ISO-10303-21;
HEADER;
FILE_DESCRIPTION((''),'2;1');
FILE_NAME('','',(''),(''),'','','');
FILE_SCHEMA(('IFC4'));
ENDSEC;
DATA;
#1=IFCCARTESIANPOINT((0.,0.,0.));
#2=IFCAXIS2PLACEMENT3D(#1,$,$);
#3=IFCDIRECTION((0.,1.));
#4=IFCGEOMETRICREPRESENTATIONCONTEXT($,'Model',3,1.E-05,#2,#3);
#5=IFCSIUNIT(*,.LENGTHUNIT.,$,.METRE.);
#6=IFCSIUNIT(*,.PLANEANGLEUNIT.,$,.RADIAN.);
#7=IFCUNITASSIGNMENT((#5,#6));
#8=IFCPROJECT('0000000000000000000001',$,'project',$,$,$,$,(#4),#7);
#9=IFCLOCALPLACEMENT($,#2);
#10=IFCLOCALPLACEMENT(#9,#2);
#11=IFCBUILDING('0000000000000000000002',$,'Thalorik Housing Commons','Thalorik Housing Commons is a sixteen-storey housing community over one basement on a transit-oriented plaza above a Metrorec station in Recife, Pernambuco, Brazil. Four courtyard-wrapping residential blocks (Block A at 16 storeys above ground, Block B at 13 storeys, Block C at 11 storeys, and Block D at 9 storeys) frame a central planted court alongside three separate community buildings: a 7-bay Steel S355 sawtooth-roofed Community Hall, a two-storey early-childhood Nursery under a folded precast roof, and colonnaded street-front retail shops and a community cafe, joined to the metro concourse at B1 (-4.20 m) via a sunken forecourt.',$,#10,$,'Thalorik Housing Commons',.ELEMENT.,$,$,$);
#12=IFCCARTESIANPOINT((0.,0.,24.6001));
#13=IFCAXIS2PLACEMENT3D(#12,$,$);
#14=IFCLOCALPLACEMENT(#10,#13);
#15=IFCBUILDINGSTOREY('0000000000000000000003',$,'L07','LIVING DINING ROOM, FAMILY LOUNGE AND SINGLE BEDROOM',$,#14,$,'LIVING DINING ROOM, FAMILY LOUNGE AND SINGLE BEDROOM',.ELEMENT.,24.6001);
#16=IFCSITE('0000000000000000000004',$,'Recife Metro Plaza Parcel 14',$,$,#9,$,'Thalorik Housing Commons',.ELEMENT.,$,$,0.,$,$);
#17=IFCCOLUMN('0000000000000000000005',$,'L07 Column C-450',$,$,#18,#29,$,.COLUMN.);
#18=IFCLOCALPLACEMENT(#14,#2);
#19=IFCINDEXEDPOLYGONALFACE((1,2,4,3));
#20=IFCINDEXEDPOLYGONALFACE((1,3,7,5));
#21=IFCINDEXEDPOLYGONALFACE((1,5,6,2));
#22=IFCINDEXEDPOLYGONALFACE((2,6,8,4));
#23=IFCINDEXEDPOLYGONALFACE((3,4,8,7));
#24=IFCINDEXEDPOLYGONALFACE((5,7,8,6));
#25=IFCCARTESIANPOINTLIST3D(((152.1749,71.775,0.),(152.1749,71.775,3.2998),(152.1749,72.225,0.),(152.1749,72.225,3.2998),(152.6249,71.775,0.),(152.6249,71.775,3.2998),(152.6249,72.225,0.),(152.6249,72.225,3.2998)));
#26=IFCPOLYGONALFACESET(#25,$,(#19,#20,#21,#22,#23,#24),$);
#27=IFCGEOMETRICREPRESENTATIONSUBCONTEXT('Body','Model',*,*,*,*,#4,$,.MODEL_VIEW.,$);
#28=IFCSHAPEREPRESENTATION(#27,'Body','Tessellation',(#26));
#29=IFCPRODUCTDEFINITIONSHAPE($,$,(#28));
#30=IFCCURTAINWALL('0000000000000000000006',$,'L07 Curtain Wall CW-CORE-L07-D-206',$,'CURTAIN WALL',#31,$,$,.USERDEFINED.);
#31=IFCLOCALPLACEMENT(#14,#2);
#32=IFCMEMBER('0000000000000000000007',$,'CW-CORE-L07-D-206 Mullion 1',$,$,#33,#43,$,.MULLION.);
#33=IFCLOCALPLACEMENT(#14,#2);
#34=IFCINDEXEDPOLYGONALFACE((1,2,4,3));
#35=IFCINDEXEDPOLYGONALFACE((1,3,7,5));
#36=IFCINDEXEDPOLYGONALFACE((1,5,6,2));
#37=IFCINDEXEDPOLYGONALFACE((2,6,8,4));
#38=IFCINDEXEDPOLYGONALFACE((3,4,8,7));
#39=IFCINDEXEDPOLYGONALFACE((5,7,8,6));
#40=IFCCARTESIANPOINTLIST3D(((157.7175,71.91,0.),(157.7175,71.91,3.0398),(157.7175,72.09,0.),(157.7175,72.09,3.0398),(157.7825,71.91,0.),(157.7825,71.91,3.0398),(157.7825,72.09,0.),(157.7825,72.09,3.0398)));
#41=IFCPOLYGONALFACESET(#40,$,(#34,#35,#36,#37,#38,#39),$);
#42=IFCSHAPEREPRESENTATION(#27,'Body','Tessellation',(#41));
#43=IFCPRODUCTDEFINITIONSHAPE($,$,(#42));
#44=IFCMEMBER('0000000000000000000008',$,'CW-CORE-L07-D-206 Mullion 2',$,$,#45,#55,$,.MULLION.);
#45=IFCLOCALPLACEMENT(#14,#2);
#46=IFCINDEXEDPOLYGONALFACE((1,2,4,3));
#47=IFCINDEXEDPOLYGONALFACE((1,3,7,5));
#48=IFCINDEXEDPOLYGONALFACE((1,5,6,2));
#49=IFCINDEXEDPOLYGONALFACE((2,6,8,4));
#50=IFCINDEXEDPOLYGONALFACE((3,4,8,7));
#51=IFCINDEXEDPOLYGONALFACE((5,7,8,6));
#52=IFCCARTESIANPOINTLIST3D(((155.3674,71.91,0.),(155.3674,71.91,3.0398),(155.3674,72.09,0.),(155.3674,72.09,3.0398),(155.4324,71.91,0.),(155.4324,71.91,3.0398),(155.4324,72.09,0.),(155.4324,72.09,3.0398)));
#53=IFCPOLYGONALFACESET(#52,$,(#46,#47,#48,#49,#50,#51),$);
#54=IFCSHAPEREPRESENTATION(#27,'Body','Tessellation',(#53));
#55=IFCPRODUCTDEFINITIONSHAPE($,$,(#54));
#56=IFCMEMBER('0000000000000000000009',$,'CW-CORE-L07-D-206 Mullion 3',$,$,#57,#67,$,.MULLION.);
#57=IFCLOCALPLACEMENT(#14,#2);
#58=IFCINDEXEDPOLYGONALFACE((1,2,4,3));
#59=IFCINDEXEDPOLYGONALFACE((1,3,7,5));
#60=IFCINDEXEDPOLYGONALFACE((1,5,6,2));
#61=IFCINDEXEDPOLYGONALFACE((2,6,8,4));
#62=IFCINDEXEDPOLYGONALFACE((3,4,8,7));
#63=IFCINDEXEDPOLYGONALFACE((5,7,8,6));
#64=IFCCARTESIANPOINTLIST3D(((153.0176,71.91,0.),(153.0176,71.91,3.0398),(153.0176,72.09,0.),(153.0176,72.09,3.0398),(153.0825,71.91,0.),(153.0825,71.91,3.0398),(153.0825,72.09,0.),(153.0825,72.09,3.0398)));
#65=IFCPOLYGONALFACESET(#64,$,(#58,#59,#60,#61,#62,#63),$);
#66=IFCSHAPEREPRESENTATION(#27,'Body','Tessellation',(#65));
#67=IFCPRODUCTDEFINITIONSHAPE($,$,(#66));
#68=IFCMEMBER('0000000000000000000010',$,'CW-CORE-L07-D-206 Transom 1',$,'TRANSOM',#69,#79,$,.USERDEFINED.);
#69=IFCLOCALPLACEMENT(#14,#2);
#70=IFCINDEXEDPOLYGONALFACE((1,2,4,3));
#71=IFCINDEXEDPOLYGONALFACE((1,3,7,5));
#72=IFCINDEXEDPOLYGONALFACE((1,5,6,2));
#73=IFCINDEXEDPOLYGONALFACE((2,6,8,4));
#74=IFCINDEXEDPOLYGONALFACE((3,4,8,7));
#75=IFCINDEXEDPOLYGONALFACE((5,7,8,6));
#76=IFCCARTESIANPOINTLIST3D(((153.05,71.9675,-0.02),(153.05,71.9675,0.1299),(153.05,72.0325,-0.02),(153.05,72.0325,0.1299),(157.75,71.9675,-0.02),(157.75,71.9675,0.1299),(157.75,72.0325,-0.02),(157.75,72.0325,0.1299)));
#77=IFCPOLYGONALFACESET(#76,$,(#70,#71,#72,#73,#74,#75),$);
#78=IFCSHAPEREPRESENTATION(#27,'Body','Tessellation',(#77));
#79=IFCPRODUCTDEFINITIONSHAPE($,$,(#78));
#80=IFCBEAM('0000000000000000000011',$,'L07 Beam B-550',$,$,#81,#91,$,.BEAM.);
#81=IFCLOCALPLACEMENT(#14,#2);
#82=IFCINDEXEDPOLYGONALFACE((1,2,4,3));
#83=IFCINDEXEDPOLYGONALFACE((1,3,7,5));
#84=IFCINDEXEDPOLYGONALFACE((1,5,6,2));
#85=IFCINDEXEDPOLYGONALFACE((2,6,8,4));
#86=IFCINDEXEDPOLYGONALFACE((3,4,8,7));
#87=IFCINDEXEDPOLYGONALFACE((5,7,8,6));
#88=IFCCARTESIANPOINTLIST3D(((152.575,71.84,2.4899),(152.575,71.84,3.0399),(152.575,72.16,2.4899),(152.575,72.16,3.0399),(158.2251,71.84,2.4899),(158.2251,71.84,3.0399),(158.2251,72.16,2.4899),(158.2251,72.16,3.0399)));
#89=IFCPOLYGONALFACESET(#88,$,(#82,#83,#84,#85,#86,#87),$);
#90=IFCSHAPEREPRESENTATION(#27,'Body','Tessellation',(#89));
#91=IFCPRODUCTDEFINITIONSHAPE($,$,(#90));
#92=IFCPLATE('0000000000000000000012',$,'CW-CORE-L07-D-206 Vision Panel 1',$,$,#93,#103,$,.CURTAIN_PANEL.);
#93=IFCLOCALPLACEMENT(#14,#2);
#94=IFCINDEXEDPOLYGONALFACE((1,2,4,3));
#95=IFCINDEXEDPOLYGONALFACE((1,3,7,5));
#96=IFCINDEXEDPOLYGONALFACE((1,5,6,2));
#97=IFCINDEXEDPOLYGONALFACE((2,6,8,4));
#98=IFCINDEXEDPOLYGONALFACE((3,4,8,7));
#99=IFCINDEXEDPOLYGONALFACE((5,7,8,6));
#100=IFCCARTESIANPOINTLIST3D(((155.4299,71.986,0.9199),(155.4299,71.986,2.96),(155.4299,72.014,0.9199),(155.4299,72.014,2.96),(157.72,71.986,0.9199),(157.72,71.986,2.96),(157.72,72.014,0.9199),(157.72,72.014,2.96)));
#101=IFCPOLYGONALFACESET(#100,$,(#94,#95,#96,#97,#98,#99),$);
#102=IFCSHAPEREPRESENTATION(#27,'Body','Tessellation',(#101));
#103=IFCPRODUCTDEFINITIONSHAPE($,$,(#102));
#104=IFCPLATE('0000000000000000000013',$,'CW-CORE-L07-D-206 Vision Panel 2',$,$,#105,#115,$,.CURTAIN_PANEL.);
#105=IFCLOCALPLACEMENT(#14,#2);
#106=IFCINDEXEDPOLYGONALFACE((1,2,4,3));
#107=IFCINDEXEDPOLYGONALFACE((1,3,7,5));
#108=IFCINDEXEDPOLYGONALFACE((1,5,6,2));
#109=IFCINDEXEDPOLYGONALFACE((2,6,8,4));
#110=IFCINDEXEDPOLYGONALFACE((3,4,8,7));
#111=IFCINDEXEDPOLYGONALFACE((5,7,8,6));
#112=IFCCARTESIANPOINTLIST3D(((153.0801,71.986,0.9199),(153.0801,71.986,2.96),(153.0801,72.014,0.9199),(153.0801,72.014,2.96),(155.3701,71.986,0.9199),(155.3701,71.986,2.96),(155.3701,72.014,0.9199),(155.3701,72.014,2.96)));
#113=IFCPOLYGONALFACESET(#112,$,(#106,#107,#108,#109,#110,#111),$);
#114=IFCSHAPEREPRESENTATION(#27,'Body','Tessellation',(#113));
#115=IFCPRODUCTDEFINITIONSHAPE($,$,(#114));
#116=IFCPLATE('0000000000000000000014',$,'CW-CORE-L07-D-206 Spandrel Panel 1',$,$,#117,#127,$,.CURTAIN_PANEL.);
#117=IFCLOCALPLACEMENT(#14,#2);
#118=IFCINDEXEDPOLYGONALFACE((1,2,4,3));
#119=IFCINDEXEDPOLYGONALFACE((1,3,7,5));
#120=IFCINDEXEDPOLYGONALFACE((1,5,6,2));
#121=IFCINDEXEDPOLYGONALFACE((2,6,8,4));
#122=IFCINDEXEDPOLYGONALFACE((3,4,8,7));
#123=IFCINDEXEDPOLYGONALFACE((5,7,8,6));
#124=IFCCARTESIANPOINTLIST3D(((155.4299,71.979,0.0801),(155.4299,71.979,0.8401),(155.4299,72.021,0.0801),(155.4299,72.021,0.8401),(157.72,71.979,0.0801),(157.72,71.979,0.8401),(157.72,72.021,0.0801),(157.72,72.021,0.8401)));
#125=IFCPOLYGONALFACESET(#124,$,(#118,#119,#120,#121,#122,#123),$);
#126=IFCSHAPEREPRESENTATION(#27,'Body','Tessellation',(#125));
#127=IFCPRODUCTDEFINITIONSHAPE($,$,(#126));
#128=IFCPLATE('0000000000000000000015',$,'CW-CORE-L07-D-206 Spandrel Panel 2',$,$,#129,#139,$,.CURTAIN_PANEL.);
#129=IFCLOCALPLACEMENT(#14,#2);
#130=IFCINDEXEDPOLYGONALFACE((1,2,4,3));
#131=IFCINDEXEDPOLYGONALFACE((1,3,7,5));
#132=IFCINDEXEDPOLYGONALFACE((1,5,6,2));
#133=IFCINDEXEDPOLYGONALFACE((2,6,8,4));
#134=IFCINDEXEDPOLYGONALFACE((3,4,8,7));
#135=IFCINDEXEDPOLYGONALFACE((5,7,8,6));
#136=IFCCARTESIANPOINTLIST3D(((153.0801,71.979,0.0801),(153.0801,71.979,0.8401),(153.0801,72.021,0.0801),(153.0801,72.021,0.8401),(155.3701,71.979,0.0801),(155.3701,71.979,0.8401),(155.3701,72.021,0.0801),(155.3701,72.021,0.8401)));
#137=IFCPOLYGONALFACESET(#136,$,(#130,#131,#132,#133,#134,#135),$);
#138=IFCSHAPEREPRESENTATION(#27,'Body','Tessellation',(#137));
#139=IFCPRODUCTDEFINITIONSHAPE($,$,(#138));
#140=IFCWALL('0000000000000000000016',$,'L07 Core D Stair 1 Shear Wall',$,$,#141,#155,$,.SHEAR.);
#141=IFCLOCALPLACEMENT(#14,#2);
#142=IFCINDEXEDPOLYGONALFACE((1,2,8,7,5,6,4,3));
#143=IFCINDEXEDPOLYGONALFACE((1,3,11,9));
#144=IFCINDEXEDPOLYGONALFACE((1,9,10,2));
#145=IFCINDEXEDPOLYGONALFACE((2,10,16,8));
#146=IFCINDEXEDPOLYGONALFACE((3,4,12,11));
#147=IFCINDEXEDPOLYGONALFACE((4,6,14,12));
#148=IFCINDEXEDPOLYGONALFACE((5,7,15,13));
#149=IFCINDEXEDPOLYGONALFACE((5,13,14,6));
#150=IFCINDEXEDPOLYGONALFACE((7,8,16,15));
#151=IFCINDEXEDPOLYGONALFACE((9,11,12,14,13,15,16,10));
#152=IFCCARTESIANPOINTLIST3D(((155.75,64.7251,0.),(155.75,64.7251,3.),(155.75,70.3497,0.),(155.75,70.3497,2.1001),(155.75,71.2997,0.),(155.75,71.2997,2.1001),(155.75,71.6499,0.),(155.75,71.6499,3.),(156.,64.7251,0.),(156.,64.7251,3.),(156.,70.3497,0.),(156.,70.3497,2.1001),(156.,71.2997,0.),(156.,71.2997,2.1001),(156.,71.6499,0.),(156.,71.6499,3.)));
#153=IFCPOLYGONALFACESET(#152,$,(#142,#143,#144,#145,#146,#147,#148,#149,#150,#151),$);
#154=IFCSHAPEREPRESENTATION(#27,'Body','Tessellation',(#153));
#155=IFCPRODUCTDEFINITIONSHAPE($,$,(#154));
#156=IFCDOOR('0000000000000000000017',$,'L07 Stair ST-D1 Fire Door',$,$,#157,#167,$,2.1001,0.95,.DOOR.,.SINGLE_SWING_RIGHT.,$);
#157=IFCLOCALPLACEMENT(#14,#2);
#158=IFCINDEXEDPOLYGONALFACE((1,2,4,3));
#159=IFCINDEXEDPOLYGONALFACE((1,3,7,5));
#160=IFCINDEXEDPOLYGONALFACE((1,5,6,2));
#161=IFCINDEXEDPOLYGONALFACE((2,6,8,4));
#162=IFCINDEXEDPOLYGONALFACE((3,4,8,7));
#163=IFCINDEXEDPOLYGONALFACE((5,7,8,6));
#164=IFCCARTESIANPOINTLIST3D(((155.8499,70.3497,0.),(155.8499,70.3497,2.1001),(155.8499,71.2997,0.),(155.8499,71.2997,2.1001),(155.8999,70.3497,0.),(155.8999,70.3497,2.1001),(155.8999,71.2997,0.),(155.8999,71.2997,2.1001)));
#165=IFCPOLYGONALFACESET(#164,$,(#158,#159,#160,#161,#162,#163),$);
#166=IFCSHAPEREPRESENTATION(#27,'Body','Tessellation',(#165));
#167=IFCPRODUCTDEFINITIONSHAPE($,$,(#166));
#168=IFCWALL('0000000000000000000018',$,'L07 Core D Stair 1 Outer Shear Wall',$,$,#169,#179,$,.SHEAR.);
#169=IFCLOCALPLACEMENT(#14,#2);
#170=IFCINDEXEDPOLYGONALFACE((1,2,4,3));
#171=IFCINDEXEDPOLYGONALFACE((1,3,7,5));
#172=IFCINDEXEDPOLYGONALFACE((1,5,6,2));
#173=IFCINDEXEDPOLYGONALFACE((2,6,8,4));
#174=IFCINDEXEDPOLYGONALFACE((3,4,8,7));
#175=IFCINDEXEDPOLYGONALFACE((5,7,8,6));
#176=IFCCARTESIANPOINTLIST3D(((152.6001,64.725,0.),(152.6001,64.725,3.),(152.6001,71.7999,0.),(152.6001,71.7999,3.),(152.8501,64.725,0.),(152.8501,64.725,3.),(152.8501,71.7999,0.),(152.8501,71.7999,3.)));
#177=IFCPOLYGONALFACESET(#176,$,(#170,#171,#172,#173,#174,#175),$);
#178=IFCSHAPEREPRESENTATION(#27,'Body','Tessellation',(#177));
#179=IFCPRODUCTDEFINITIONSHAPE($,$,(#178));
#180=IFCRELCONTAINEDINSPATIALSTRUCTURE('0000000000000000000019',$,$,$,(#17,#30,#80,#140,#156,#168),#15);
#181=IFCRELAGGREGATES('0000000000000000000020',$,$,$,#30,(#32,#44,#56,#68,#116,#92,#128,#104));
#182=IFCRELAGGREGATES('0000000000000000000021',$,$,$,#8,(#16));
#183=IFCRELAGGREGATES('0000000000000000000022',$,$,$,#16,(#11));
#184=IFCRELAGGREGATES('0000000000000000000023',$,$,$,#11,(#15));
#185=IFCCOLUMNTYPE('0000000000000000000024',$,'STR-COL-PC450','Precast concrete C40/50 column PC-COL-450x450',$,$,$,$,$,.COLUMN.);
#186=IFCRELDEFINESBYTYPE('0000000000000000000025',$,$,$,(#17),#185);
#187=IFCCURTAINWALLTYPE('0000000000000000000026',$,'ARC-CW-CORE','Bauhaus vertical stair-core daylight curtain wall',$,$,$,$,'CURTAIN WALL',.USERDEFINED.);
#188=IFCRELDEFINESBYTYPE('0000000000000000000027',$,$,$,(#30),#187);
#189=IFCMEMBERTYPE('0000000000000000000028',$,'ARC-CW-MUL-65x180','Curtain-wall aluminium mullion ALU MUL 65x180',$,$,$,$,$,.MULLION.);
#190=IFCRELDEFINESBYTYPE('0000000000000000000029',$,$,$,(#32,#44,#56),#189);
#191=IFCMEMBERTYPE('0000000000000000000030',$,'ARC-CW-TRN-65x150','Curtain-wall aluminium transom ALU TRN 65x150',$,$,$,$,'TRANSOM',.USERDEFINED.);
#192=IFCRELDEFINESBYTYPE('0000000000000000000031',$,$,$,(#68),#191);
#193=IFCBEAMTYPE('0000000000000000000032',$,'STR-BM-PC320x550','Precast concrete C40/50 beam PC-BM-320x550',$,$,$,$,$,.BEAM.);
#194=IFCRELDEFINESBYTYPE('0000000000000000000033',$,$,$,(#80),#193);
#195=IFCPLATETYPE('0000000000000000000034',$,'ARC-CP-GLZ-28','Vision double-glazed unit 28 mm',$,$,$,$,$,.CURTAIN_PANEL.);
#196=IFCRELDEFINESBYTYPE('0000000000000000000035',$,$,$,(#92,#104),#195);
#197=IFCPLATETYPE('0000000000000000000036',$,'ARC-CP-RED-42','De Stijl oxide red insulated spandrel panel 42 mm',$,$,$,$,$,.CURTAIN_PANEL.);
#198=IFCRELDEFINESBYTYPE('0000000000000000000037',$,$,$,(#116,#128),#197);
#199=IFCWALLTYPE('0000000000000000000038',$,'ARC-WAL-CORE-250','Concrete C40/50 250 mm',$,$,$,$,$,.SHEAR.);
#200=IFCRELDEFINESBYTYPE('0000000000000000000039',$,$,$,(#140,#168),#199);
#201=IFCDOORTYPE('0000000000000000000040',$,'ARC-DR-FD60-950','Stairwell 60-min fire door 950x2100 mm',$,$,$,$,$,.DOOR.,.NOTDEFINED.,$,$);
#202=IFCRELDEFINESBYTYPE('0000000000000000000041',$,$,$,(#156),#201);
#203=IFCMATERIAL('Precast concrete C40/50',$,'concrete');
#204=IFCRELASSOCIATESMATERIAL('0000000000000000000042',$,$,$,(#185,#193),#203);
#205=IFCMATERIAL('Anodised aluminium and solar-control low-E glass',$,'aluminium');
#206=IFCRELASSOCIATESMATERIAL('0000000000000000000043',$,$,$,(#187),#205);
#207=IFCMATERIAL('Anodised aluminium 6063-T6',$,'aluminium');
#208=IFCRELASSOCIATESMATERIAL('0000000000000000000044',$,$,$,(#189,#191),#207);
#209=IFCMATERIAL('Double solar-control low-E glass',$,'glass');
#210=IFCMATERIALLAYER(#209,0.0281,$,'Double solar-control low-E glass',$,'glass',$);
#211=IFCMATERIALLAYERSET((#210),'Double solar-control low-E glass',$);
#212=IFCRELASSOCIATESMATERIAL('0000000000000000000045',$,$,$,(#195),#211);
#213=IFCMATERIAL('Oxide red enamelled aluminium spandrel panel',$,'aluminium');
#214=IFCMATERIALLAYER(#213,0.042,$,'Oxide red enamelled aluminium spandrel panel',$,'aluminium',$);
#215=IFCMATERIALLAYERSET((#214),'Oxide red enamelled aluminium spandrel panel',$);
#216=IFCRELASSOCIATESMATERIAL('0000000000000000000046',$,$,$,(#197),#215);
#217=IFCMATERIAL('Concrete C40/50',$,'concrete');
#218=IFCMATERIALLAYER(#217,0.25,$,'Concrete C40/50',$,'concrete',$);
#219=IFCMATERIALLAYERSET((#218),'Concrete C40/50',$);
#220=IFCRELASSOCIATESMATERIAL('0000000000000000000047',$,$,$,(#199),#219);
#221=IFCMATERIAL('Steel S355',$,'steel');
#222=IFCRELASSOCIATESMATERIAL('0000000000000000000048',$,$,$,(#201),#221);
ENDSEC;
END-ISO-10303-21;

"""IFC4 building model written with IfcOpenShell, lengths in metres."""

from ifc_helpers import new_model, si_unit, direction, frame, frame_2d, origin, origin_2d, place, context, subcontext, project, spatial, rectangle, extrude, material, layer, layer_set, material_profile, profile_set, type_object, element, fill, aggregate, save


model = new_model("IFC4")

# Units and contexts
model_context = context("Model", 3, precision=1e-05, world=origin(), true_north=direction((0.0, 1.0)))
body_context = subcontext(model_context, "Body", "Model", "MODEL_VIEW")
ifc_project = project(units=[si_unit("LENGTHUNIT", "METRE"), si_unit("PLANEANGLEUNIT", "RADIAN")], contexts=[model_context])

# Site, building, storey
site_placement = place(None, origin())
site = spatial("IfcSite", under=ifc_project, at=site_placement, Name="Recife Metro Plaza Parcel 14", LongName="Thalorik Housing Commons", CompositionType="ELEMENT", RefElevation=0.0)
building_placement = place(site_placement, origin())
building = spatial("IfcBuilding", under=site, at=building_placement, Name="Thalorik Housing Commons", Description="Thalorik Housing Commons is a sixteen-storey housing community over one basement on a transit-oriented plaza above a Metrorec station in Recife, Pernambuco, Brazil. Four courtyard-wrapping residential blocks (Block A at 16 storeys above ground, Block B at 13 storeys, Block C at 11 storeys, and Block D at 9 storeys) frame a central planted court alongside three separate community buildings: a 7-bay Steel S355 sawtooth-roofed Community Hall, a two-storey early-childhood Nursery under a folded precast roof, and colonnaded street-front retail shops and a community cafe, joined to the metro concourse at B1 (-4.20 m) via a sunken forecourt.", LongName="Thalorik Housing Commons", CompositionType="ELEMENT")
storey_placement = place(building_placement, frame((0.0, 0.0, 24.6001)))
storey = spatial("IfcBuildingStorey", under=building, at=storey_placement, Name="L07", Description="LIVING DINING ROOM, FAMILY LOUNGE AND SINGLE BEDROOM", LongName="LIVING DINING ROOM, FAMILY LOUNGE AND SINGLE BEDROOM", CompositionType="ELEMENT", Elevation=24.6001)

# Column
ifc_material_1 = material(Name="Precast concrete C40/50", Category="concrete")
ifc_material_profile_1 = material_profile(ifc_material_1, rectangle(XDim=0.45, YDim=0.45, at=origin_2d()), Name="PC 450x450", Category="concrete")
ifc_profile_set_1 = profile_set([ifc_material_profile_1], Name="Precast concrete C40/50")
column_type = type_object("IfcColumnType", Name="STR-COL-PC450", Description="Precast concrete C40/50 column PC-COL-450x450", PredefinedType="COLUMN", material=ifc_profile_set_1)
column_placement = place(storey_placement, frame((152.3999, 72.0, 0.0), z_axis=(0.0, 0.0, 1.0), x_axis=(1.0, 0.0, 0.0)))
element("IfcColumn", 1, at=column_placement, inside=storey, type_object=column_type, Name="L07 Column C-450", PredefinedType="COLUMN", context=body_context, shape_type="SweptSolid", body=[
    extrude(rectangle(XDim=0.45, YDim=0.45, at=origin_2d()), origin(), (0.0, 0.0, 1.0), 3.2998),
])

# Curtain wall, members
ifc_material_2 = material(Name="Anodised aluminium and solar-control low-E glass", Category="aluminium")
curtain_wall_type = type_object("IfcCurtainWallType", Name="ARC-CW-CORE", Description="Bauhaus vertical stair-core daylight curtain wall", ElementType="CURTAIN WALL", PredefinedType="USERDEFINED", material=ifc_material_2)
curtain_wall_placement = place(storey_placement, origin())
curtain_wall = element("IfcCurtainWall", 2, at=curtain_wall_placement, inside=storey, type_object=curtain_wall_type, Name="L07 Curtain Wall CW-CORE-L07-D-206", ObjectType="CURTAIN WALL", PredefinedType="USERDEFINED")
ifc_material_3 = material(Name="Anodised aluminium 6063-T6", Category="aluminium")
ifc_material_profile_2 = material_profile(ifc_material_3, rectangle(XDim=0.0649, YDim=0.1799, at=origin_2d()), Name="ALU MUL 65x180", Category="aluminium")
ifc_profile_set_2 = profile_set([ifc_material_profile_2], Name="Anodised aluminium 6063-T6")
member_type_1 = type_object("IfcMemberType", Name="ARC-CW-MUL-65x180", Description="Curtain-wall aluminium mullion ALU MUL 65x180", PredefinedType="MULLION", material=ifc_profile_set_2)
member_1_placement = place(storey_placement, frame((157.75, 72.0, 0.0), z_axis=(0.0, 0.0, 1.0), x_axis=(-1.0, 0.0, 0.0)))
member_1 = element("IfcMember", 3, at=member_1_placement, type_object=member_type_1, Name="CW-CORE-L07-D-206 Mullion 1", PredefinedType="MULLION", context=body_context, shape_type="SweptSolid", body=[
    extrude(rectangle(XDim=0.0649, YDim=0.1799, at=origin_2d()), origin(), (0.0, 0.0, 1.0), 3.0398),
])
member_2_placement = place(storey_placement, frame((155.3999, 72.0, 0.0), z_axis=(0.0, 0.0, 1.0), x_axis=(-1.0, 0.0, 0.0)))
member_2 = element("IfcMember", 4, at=member_2_placement, type_object=member_type_1, Name="CW-CORE-L07-D-206 Mullion 2", PredefinedType="MULLION", context=body_context, shape_type="SweptSolid", body=[
    extrude(rectangle(XDim=0.0649, YDim=0.1799, at=origin_2d()), origin(), (0.0, 0.0, 1.0), 3.0398),
])
member_3_placement = place(storey_placement, frame((153.05, 72.0, 0.0), z_axis=(0.0, 0.0, 1.0), x_axis=(-1.0, 0.0, 0.0)))
member_3 = element("IfcMember", 5, at=member_3_placement, type_object=member_type_1, Name="CW-CORE-L07-D-206 Mullion 3", PredefinedType="MULLION", context=body_context, shape_type="SweptSolid", body=[
    extrude(rectangle(XDim=0.0649, YDim=0.1799, at=origin_2d()), origin(), (0.0, 0.0, 1.0), 3.0398),
])
ifc_material_profile_3 = material_profile(ifc_material_3, rectangle(XDim=0.0649, YDim=0.1499, at=origin_2d()), Name="ALU TRN 65x150", Category="aluminium")
ifc_profile_set_3 = profile_set([ifc_material_profile_3], Name="Anodised aluminium 6063-T6")
member_type_2 = type_object("IfcMemberType", Name="ARC-CW-TRN-65x150", Description="Curtain-wall aluminium transom ALU TRN 65x150", ElementType="TRANSOM", PredefinedType="USERDEFINED", material=ifc_profile_set_3)
member_4_placement = place(storey_placement, frame((157.75, 72.0, 0.0549), z_axis=(-1.0, 0.0, 0.0), x_axis=(0.0, -1.0, 0.0)))
member_4 = element("IfcMember", 6, at=member_4_placement, type_object=member_type_2, Name="CW-CORE-L07-D-206 Transom 1", ObjectType="TRANSOM", PredefinedType="USERDEFINED", context=body_context, shape_type="SweptSolid", body=[
    extrude(rectangle(XDim=0.0649, YDim=0.1499, at=origin_2d()), origin(), (0.0, 0.0, 1.0), 4.7),
])

# Beam
ifc_material_profile_4 = material_profile(ifc_material_1, rectangle(XDim=0.3201, YDim=0.55, at=origin_2d()), Name="PC 320x550", Category="concrete")
ifc_profile_set_4 = profile_set([ifc_material_profile_4], Name="Precast concrete C40/50")
beam_type = type_object("IfcBeamType", Name="STR-BM-PC320x550", Description="Precast concrete C40/50 beam PC-BM-320x550", PredefinedType="BEAM", material=ifc_profile_set_4)
beam_placement = place(storey_placement, frame((152.575, 72.0, 2.7649), z_axis=(1.0, 0.0, 0.0), x_axis=(0.0, 1.0, 0.0)))
element("IfcBeam", 7, at=beam_placement, inside=storey, type_object=beam_type, Name="L07 Beam B-550", PredefinedType="BEAM", context=body_context, shape_type="SweptSolid", body=[
    extrude(rectangle(XDim=0.3201, YDim=0.55, at=origin_2d()), origin(), (0.0, 0.0, 1.0), 5.6501),
])

# Plates
ifc_material_4 = material(Name="Double solar-control low-E glass", Category="glass")
ifc_layer_1 = layer(ifc_material_4, 0.0281, Name="Double solar-control low-E glass", Category="glass")
ifc_layer_set_1 = layer_set([ifc_layer_1], Name="Double solar-control low-E glass")
plate_type_1 = type_object("IfcPlateType", Name="ARC-CP-GLZ-28", Description="Vision double-glazed unit 28 mm", PredefinedType="CURTAIN_PANEL", material=ifc_layer_set_1)
plate_1_placement = place(storey_placement, frame((156.575, 72.0, 0.9199), z_axis=(0.0, 0.0, 1.0), x_axis=(-1.0, 0.0, 0.0)))
plate_1 = element("IfcPlate", 8, at=plate_1_placement, type_object=plate_type_1, Name="CW-CORE-L07-D-206 Vision Panel 1", PredefinedType="CURTAIN_PANEL", context=body_context, shape_type="SweptSolid", body=[
    extrude(rectangle(XDim=2.29, YDim=0.0281, at=origin_2d()), origin(), (0.0, 0.0, 1.0), 2.04),
])
plate_2_placement = place(storey_placement, frame((154.2251, 72.0, 0.9199), z_axis=(0.0, 0.0, 1.0), x_axis=(-1.0, 0.0, 0.0)))
plate_2 = element("IfcPlate", 9, at=plate_2_placement, type_object=plate_type_1, Name="CW-CORE-L07-D-206 Vision Panel 2", PredefinedType="CURTAIN_PANEL", context=body_context, shape_type="SweptSolid", body=[
    extrude(rectangle(XDim=2.29, YDim=0.0281, at=origin_2d()), origin(), (0.0, 0.0, 1.0), 2.04),
])
ifc_material_5 = material(Name="Oxide red enamelled aluminium spandrel panel", Category="aluminium")
ifc_layer_2 = layer(ifc_material_5, 0.042, Name="Oxide red enamelled aluminium spandrel panel", Category="aluminium")
ifc_layer_set_2 = layer_set([ifc_layer_2], Name="Oxide red enamelled aluminium spandrel panel")
plate_type_2 = type_object("IfcPlateType", Name="ARC-CP-RED-42", Description="De Stijl oxide red insulated spandrel panel 42 mm", PredefinedType="CURTAIN_PANEL", material=ifc_layer_set_2)
plate_3_placement = place(storey_placement, frame((156.575, 72.0, 0.0801), z_axis=(0.0, 0.0, 1.0), x_axis=(-1.0, 0.0, 0.0)))
plate_3 = element("IfcPlate", 10, at=plate_3_placement, type_object=plate_type_2, Name="CW-CORE-L07-D-206 Spandrel Panel 1", PredefinedType="CURTAIN_PANEL", context=body_context, shape_type="SweptSolid", body=[
    extrude(rectangle(XDim=2.29, YDim=0.042, at=origin_2d()), origin(), (0.0, 0.0, 1.0), 0.76),
])
plate_4_placement = place(storey_placement, frame((154.2251, 72.0, 0.0801), z_axis=(0.0, 0.0, 1.0), x_axis=(-1.0, 0.0, 0.0)))
plate_4 = element("IfcPlate", 11, at=plate_4_placement, type_object=plate_type_2, Name="CW-CORE-L07-D-206 Spandrel Panel 2", PredefinedType="CURTAIN_PANEL", context=body_context, shape_type="SweptSolid", body=[
    extrude(rectangle(XDim=2.29, YDim=0.042, at=origin_2d()), origin(), (0.0, 0.0, 1.0), 0.76),
])
aggregate(curtain_wall, [member_1, member_2, member_3, member_4, plate_3, plate_1, plate_4, plate_2])

# Wall, opening, door
ifc_material_6 = material(Name="Concrete C40/50", Category="concrete")
ifc_layer_3 = layer(ifc_material_6, 0.25, Name="Concrete C40/50", Category="concrete")
ifc_layer_set_3 = layer_set([ifc_layer_3], Name="Concrete C40/50")
wall_type_1 = type_object("IfcWallType", Name="ARC-WAL-CORE-250", Description="Concrete C40/50 250 mm", PredefinedType="SHEAR", material=ifc_layer_set_3)
wall_1_placement = place(storey_placement, frame((155.875, 71.6499, 0.0), z_axis=(0.0, 0.0, 1.0), x_axis=(0.0, -1.0, 0.0)))
wall_1 = element("IfcWall", 12, at=wall_1_placement, inside=storey, type_object=wall_type_1, Name="L07 Core D Stair 1 Shear Wall", PredefinedType="SHEAR", context=body_context, shape_type="SweptSolid", body=[
    extrude(rectangle(XDim=6.9248, YDim=0.25, at=frame_2d((3.4624, 0.0))), origin(), (0.0, 0.0, 1.0), 3.0),
])
opening_1_placement = place(wall_1_placement, frame((0.3501, 0.0, 0.0)))
opening_1 = element("IfcOpeningElement", 13, at=opening_1_placement, cuts=wall_1, PredefinedType="OPENING", context=body_context, shape_type="SweptSolid", body=[
    extrude(rectangle(XDim=0.95, YDim=2.1001, at=frame_2d((0.4751, 1.05))), frame((0.0, 0.135, 0.0), z_axis=(0.0, -1.0, 0.0), x_axis=(1.0, 0.0, 0.0)), (0.0, 0.0, 1.0), 0.27),
])
ifc_material_7 = material(Name="Steel S355", Category="steel")
door_type_1 = type_object("IfcDoorType", Name="ARC-DR-FD60-950", Description="Stairwell 60-min fire door 950x2100 mm", OperationType="NOTDEFINED", PredefinedType="DOOR", material=ifc_material_7)
door_1_placement = place(opening_1_placement, origin())
door_1 = element("IfcDoor", 14, at=door_1_placement, inside=storey, type_object=door_type_1, Name="L07 Stair ST-D1 Fire Door", OperationType="SINGLE_SWING_RIGHT", OverallHeight=2.1001, OverallWidth=0.95, PredefinedType="DOOR", context=body_context, shape_type="SweptSolid", body=[
    extrude(rectangle(XDim=0.95, YDim=2.1001, at=frame_2d((0.4751, 1.05))), frame((0.0, 0.0249, 0.0), z_axis=(0.0, -1.0, 0.0), x_axis=(1.0, 0.0, 0.0)), (0.0, 0.0, 1.0), 0.05),
])
fill(opening_1, door_1)

# Wall
wall_2_placement = place(storey_placement, frame((152.7251, 71.8, 0.0), z_axis=(0.0, 0.0, 1.0), x_axis=(0.0, -1.0, 0.0)))
element("IfcWall", 15, at=wall_2_placement, inside=storey, type_object=wall_type_1, Name="L07 Core D Stair 1 Outer Shear Wall", PredefinedType="SHEAR", context=body_context, shape_type="SweptSolid", body=[
    extrude(rectangle(XDim=7.075, YDim=0.25, at=frame_2d((3.5376, 0.0))), origin(), (0.0, 0.0, 1.0), 3.0),
])

save(model, "model.ifc")
